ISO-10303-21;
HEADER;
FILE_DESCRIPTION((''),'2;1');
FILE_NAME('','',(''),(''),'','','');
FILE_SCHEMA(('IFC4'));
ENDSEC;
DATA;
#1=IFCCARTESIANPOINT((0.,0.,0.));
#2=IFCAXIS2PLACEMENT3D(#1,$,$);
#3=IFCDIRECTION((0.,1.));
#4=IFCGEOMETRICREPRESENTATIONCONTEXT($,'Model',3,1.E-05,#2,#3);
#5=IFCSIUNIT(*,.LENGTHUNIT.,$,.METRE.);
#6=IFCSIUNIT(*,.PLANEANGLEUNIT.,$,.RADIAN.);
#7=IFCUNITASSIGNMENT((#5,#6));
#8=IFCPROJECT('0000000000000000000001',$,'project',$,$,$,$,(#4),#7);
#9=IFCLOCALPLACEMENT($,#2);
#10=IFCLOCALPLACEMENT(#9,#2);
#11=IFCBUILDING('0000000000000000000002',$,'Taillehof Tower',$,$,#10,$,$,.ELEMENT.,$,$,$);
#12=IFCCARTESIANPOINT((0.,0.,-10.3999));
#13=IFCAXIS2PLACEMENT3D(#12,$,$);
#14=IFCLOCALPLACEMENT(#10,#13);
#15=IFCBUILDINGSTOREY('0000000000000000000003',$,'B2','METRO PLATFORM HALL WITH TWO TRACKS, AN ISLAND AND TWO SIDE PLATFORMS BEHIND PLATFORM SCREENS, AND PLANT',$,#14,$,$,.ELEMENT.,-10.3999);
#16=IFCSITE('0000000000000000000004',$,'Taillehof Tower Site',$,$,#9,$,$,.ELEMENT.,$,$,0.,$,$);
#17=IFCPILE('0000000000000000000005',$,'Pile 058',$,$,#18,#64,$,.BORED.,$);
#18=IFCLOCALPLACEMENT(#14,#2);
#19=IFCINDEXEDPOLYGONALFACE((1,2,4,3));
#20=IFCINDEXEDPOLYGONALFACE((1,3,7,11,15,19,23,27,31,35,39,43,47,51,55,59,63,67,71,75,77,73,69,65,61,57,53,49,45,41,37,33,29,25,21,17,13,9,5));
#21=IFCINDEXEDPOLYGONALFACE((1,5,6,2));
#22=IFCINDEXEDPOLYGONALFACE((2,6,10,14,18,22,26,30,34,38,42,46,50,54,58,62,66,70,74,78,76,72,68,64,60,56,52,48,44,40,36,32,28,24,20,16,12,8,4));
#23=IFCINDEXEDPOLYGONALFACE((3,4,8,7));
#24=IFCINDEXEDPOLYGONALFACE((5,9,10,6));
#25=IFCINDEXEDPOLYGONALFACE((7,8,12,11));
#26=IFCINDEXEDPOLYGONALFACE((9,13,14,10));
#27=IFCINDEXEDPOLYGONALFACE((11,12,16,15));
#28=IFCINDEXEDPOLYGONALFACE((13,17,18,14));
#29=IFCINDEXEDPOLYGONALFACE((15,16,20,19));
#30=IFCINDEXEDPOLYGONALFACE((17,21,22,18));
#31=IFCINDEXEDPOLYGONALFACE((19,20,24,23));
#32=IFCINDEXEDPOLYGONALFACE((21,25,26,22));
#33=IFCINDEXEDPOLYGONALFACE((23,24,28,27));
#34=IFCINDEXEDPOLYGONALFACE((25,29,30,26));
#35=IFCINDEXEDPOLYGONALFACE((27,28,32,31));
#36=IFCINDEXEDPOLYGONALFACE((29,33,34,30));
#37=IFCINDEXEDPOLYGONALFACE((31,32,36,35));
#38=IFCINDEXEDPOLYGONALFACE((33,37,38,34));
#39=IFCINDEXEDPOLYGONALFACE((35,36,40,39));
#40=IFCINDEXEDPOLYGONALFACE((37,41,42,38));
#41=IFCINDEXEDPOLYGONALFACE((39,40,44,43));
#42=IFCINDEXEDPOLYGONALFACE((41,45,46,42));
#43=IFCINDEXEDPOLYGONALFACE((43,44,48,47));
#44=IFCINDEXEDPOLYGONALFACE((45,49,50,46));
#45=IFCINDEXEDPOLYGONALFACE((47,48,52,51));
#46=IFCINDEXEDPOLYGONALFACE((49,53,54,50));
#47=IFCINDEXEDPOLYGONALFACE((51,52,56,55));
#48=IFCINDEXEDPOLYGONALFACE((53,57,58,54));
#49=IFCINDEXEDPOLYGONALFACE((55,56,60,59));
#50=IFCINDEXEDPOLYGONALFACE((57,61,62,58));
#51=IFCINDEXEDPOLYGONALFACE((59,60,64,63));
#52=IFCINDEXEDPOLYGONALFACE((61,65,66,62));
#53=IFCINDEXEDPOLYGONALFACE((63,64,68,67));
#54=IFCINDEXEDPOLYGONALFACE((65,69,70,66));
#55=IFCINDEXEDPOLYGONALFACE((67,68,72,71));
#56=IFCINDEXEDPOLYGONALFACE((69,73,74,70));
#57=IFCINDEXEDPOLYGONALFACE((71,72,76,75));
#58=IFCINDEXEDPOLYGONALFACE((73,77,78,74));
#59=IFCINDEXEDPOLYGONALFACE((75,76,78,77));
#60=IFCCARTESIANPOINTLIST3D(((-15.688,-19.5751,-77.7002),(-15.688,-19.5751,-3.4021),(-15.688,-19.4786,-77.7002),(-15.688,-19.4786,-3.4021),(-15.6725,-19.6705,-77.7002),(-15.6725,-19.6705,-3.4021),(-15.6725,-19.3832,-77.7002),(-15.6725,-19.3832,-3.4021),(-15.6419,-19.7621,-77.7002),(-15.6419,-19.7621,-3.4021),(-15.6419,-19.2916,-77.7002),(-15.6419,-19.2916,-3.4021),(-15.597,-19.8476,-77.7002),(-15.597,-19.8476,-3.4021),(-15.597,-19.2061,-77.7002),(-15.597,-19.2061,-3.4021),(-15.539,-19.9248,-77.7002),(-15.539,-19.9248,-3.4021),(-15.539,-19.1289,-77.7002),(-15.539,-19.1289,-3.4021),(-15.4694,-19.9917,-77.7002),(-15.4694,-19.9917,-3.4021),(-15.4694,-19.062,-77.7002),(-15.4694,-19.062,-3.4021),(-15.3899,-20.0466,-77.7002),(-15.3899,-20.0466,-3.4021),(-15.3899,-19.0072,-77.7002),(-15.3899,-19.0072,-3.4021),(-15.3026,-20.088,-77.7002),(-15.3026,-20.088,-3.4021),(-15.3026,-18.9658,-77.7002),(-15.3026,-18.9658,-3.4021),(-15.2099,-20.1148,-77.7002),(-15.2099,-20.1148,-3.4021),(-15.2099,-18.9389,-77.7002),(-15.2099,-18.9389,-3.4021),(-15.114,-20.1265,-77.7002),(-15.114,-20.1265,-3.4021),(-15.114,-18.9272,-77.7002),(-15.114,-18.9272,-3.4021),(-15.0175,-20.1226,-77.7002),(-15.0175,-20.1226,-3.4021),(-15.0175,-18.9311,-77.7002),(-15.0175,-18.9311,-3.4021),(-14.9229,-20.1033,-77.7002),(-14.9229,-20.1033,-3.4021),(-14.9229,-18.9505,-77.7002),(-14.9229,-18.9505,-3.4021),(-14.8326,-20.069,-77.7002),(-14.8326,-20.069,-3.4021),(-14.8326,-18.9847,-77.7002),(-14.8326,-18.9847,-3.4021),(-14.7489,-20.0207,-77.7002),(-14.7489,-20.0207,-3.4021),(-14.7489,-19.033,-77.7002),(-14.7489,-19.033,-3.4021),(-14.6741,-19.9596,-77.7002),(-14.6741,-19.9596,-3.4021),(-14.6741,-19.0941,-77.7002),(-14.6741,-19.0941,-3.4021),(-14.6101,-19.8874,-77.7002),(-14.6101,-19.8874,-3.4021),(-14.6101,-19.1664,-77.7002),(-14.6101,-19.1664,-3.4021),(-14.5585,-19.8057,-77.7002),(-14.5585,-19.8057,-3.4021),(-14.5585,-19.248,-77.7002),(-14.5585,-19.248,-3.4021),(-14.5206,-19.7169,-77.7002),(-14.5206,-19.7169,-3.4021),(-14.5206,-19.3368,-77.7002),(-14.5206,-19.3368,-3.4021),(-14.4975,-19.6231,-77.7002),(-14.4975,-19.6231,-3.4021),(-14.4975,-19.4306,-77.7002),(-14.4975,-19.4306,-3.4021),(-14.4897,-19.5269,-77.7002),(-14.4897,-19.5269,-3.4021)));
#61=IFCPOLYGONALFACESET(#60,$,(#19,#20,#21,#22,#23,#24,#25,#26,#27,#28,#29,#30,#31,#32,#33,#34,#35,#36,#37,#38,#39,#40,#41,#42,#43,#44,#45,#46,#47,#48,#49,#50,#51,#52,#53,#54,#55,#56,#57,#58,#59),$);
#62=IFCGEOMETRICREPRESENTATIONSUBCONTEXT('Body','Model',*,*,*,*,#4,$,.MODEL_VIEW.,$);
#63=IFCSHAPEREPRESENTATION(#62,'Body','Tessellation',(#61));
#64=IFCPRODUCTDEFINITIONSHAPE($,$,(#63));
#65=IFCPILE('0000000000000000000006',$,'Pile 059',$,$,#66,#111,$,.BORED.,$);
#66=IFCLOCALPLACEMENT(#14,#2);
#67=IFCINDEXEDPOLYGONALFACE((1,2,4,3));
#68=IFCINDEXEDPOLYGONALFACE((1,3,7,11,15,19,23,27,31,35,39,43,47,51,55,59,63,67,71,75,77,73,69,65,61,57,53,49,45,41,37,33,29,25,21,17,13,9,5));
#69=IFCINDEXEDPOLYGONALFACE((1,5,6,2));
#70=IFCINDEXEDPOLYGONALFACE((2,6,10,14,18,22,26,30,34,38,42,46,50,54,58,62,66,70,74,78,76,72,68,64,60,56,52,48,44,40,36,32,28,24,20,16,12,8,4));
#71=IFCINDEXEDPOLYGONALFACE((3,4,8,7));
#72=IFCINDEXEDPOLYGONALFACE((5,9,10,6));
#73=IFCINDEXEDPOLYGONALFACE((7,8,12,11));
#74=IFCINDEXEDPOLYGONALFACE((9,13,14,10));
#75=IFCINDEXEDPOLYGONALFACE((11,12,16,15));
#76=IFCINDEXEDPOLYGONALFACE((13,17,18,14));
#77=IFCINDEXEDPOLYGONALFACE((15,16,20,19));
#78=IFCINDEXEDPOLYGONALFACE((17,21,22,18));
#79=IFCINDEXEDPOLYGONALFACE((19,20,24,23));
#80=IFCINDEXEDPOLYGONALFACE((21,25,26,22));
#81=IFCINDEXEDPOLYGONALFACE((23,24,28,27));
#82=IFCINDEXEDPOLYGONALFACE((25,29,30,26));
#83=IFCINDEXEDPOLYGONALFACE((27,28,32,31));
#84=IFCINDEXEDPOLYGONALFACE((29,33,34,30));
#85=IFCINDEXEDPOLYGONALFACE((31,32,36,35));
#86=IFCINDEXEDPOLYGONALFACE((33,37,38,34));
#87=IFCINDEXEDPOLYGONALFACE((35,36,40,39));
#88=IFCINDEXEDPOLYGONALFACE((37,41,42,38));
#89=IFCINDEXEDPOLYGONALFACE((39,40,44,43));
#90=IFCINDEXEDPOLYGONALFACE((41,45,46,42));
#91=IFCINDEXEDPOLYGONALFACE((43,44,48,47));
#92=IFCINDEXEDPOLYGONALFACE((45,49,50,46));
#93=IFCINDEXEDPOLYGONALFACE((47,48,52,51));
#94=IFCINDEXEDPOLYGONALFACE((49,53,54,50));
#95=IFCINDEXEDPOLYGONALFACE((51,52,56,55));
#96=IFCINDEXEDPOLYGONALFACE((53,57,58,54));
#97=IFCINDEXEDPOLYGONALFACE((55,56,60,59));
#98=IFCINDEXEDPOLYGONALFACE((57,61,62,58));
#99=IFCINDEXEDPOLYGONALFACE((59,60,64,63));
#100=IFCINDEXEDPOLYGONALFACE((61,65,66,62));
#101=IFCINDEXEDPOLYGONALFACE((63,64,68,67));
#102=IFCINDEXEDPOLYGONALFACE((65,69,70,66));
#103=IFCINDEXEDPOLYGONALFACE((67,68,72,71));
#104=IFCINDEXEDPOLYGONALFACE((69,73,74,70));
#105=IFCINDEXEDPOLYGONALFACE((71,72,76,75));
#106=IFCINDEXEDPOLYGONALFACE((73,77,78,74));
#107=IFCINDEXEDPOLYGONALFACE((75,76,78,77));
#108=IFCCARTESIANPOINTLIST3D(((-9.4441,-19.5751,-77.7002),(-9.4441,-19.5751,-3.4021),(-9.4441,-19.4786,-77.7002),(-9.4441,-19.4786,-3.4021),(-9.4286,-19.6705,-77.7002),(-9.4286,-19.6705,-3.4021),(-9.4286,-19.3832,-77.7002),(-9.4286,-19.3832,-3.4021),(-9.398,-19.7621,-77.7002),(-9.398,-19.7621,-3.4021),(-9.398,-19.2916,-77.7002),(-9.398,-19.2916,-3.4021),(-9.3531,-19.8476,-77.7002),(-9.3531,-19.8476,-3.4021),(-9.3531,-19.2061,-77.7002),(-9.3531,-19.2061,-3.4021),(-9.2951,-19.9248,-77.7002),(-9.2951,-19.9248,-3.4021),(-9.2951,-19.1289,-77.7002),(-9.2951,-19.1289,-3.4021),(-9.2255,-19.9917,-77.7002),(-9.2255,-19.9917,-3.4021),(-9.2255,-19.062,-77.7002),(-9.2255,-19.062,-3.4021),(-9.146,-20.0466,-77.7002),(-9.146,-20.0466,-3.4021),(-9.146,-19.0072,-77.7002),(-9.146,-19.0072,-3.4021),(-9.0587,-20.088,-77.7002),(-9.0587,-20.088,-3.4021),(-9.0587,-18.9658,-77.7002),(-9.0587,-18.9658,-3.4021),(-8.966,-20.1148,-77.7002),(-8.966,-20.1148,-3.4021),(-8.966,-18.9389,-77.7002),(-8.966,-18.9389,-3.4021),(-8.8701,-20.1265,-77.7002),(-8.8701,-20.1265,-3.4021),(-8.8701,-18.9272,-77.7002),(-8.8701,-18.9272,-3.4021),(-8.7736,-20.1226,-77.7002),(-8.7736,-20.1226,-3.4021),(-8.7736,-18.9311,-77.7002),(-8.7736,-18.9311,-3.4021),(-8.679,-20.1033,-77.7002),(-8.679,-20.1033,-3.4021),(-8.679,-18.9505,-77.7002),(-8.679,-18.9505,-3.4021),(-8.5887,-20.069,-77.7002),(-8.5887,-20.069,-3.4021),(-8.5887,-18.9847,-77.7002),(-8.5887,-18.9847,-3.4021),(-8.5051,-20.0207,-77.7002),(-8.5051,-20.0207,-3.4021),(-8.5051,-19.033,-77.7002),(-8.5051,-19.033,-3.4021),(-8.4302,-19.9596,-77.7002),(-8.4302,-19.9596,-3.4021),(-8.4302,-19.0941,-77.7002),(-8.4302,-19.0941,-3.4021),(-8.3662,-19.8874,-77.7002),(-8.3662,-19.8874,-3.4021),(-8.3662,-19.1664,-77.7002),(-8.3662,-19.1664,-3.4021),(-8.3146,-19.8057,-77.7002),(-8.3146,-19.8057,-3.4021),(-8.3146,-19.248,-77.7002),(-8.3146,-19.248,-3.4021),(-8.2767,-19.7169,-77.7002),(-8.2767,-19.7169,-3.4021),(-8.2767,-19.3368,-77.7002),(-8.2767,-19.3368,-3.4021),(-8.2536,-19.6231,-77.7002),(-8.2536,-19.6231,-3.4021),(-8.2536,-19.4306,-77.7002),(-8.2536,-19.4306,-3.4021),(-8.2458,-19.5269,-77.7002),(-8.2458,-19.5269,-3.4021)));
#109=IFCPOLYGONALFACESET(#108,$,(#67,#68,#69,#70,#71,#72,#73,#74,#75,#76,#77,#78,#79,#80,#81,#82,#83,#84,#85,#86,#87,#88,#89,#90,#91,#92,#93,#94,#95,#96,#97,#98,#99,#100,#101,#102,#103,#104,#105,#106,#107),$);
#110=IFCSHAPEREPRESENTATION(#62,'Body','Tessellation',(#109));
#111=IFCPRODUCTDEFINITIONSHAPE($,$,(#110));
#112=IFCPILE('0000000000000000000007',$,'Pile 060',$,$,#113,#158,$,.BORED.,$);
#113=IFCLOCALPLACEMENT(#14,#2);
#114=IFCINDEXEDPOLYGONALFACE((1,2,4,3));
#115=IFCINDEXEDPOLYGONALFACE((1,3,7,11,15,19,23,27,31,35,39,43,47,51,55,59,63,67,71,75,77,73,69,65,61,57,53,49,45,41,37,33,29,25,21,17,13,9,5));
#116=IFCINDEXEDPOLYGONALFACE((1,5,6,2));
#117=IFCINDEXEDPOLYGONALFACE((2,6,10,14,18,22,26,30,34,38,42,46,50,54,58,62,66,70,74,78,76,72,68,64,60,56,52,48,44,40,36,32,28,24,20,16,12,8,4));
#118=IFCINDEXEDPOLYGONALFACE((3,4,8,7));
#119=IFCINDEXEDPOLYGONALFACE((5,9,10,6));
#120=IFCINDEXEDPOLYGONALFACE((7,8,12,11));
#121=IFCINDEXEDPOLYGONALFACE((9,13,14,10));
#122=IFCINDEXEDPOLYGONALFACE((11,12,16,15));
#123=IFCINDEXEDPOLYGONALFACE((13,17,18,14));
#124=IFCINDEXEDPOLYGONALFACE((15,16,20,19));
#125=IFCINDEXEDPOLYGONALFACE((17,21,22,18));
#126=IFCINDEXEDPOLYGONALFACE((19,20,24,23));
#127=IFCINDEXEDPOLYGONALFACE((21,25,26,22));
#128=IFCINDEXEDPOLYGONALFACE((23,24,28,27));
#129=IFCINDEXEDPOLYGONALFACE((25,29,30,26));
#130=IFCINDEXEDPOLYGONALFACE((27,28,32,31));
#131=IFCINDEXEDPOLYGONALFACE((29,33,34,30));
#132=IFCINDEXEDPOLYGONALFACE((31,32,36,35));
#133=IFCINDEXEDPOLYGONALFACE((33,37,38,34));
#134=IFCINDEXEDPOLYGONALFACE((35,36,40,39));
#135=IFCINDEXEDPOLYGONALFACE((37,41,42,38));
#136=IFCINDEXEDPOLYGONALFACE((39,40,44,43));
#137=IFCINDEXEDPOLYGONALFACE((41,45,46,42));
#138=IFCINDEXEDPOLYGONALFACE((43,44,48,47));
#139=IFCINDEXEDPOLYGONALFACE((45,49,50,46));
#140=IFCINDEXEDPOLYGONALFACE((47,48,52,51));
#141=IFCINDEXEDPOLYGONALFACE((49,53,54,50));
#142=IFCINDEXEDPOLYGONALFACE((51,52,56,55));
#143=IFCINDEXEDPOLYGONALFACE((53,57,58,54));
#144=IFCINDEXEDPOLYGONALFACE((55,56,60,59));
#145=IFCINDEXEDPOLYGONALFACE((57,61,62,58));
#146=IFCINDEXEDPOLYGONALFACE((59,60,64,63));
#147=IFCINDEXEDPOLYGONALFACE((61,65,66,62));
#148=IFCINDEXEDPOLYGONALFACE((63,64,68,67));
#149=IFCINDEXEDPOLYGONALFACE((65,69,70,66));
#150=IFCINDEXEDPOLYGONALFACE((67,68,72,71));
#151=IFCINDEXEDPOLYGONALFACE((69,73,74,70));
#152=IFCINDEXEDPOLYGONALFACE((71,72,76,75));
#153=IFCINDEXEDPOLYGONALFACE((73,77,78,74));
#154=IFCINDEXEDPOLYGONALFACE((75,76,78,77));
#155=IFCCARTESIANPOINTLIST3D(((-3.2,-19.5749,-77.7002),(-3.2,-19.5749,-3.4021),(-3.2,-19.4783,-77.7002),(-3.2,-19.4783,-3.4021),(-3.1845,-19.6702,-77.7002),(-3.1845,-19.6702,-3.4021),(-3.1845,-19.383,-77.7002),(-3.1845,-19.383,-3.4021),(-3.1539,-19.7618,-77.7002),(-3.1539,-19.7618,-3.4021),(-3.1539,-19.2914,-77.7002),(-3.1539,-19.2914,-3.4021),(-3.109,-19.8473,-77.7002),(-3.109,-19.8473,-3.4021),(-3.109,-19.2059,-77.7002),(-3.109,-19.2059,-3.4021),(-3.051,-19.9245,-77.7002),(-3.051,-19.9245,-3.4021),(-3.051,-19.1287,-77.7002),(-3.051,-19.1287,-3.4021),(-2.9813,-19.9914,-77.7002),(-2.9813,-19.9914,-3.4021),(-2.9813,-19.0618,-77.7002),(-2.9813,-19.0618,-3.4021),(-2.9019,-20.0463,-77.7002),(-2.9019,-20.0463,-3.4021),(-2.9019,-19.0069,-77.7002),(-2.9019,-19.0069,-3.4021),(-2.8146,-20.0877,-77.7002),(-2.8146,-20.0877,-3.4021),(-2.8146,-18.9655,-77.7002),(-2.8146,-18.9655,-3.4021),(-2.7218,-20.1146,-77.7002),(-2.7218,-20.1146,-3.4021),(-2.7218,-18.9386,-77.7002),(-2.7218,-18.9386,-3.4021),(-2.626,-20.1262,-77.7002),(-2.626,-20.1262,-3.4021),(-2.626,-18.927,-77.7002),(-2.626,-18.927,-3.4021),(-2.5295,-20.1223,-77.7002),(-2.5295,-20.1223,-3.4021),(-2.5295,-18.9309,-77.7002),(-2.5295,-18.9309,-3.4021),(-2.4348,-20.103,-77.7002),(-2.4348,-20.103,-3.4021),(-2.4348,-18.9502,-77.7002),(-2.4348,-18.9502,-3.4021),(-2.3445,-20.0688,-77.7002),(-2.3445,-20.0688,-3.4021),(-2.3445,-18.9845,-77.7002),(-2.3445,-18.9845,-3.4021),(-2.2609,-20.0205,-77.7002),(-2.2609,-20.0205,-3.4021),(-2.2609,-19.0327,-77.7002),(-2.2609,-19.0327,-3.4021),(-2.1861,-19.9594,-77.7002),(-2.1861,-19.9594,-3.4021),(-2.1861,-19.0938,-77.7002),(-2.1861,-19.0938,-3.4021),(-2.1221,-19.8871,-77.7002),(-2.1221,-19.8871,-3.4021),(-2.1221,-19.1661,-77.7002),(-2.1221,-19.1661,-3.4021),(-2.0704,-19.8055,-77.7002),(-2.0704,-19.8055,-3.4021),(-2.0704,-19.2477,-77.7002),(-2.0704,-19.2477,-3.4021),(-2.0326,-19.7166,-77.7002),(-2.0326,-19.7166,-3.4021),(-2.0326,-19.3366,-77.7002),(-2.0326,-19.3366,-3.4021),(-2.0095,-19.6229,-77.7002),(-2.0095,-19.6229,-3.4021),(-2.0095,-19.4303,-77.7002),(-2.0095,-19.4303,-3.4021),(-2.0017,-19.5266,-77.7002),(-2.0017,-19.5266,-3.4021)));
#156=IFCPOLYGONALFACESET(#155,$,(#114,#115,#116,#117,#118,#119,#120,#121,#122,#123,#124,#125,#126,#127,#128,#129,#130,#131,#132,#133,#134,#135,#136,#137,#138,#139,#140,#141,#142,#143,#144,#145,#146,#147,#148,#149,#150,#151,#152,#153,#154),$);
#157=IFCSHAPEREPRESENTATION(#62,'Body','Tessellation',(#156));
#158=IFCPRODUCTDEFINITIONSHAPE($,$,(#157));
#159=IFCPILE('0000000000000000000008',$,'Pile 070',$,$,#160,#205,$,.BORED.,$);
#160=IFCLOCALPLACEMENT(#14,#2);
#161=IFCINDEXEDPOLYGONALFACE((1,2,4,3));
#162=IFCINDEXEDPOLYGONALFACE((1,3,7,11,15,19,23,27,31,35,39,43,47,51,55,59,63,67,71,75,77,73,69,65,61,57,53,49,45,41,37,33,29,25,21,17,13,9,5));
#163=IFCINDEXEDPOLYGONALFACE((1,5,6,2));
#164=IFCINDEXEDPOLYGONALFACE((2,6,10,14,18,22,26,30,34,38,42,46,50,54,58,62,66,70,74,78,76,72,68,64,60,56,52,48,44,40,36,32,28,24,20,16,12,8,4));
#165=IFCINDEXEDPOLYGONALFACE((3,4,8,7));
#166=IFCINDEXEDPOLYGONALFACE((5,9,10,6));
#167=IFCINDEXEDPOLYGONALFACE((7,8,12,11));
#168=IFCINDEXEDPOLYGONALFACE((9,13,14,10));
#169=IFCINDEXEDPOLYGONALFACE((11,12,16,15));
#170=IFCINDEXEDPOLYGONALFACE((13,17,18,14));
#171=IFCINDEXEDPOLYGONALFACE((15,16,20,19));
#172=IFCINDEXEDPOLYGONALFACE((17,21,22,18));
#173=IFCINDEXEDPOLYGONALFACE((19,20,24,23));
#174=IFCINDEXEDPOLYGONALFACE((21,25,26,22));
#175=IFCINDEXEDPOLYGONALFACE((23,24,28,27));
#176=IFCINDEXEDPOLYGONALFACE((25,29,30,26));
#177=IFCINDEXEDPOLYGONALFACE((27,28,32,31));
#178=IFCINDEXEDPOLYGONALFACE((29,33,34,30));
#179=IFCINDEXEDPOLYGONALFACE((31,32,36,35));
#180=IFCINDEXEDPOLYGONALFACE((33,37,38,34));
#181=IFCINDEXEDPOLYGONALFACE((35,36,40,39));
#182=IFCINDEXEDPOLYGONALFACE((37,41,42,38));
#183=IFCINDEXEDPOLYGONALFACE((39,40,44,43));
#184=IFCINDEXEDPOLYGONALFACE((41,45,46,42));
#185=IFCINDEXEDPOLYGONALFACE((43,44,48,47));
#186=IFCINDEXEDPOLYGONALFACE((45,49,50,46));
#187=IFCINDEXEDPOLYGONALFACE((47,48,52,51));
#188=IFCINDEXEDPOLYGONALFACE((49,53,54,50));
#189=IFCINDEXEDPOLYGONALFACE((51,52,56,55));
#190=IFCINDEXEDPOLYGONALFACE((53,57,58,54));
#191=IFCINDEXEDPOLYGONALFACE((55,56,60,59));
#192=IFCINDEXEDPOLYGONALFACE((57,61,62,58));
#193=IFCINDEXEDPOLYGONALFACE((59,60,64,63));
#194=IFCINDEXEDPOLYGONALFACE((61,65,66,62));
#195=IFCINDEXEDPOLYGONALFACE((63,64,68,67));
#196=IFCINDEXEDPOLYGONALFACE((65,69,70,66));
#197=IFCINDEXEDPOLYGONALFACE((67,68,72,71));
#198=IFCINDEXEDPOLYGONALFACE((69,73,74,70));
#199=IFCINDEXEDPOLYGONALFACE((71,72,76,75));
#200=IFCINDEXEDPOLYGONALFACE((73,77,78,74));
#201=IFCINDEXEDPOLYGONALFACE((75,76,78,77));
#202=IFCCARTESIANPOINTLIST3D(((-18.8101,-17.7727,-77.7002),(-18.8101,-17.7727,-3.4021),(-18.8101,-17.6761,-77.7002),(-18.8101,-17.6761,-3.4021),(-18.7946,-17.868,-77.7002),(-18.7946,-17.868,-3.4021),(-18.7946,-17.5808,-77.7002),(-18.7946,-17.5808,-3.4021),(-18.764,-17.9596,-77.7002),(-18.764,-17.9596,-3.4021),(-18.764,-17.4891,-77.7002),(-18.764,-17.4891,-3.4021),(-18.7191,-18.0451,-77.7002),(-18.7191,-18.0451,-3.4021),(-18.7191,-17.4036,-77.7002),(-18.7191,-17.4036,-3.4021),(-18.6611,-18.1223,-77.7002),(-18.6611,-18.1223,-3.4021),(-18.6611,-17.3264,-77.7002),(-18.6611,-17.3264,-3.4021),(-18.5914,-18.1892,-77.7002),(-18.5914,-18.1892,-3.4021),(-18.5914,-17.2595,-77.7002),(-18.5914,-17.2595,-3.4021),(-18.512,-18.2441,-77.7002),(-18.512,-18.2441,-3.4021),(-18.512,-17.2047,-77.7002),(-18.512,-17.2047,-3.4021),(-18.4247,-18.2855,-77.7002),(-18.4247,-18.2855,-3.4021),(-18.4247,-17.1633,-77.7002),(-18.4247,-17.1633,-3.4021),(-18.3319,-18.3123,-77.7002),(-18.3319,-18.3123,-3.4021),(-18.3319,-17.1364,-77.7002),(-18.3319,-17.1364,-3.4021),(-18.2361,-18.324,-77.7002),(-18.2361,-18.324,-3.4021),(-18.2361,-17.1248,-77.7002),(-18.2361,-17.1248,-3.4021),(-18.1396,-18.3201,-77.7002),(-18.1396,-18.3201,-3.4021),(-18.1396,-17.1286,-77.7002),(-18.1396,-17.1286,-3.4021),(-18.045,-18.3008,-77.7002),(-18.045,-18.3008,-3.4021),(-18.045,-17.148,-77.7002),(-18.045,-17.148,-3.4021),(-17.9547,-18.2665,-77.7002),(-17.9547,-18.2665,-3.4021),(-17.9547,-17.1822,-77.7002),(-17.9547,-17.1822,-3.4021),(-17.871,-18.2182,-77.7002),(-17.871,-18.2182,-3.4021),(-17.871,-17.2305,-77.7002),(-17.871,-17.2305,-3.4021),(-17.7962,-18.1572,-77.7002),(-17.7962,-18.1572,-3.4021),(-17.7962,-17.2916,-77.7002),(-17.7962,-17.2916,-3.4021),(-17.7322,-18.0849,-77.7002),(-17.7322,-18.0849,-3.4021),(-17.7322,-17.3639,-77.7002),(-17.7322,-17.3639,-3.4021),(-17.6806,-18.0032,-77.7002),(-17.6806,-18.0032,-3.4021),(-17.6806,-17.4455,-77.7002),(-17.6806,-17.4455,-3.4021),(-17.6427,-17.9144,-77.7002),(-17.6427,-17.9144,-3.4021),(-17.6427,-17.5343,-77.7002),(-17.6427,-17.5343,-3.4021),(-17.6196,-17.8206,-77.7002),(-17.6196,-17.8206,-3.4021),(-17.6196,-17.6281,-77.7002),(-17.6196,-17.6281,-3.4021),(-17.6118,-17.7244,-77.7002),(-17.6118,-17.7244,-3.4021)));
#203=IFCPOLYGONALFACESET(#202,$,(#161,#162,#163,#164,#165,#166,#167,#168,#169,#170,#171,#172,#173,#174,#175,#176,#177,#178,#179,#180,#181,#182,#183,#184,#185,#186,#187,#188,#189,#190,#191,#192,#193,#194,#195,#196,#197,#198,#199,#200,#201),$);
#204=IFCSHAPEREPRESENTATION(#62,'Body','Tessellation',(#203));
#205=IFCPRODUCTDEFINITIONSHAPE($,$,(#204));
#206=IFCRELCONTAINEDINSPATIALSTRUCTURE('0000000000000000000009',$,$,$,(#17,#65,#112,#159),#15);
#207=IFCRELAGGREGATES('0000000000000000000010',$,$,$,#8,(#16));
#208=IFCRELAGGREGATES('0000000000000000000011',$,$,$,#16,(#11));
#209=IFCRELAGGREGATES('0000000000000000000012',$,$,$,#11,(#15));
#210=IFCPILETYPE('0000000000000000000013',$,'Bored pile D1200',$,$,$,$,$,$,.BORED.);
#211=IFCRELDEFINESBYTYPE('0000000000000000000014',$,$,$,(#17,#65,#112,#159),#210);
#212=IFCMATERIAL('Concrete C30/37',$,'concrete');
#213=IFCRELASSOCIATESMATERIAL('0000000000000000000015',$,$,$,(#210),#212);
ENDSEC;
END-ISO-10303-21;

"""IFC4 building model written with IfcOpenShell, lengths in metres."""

from ifc_helpers import new_model, si_unit, direction, frame, origin, origin_2d, place, context, subcontext, project, spatial, circle, extrude, material, material_profile, profile_set, type_object, element, save


model = new_model("IFC4")

# Units and contexts
model_context = context("Model", 3, precision=1e-05, world=origin(), true_north=direction((0.0, 1.0)))
body_context = subcontext(model_context, "Body", "Model", "MODEL_VIEW")
ifc_project = project(units=[si_unit("LENGTHUNIT", "METRE"), si_unit("PLANEANGLEUNIT", "RADIAN")], contexts=[model_context])

# Site, building, storey
site_placement = place(None, origin())
site = spatial("IfcSite", under=ifc_project, at=site_placement, Name="Taillehof Tower Site", CompositionType="ELEMENT", RefElevation=0.0)
building_placement = place(site_placement, origin())
building = spatial("IfcBuilding", under=site, at=building_placement, Name="Taillehof Tower", CompositionType="ELEMENT")
storey_placement = place(building_placement, frame((0.0, 0.0, -10.3999)))
storey = spatial("IfcBuildingStorey", under=building, at=storey_placement, Name="B2", Description="METRO PLATFORM HALL WITH TWO TRACKS, AN ISLAND AND TWO SIDE PLATFORMS BEHIND PLATFORM SCREENS, AND PLANT", CompositionType="ELEMENT", Elevation=-10.3999)

# Piles
ifc_material_1 = material(Name="Concrete C30/37", Category="concrete")
ifc_material_profile_1 = material_profile(ifc_material_1, circle(Radius=0.6001, at=origin_2d()), Name="BP D1200")
ifc_profile_set_1 = profile_set([ifc_material_profile_1], Name="Concrete C30/37")
pile_type = type_object("IfcPileType", Name="Bored pile D1200", PredefinedType="BORED", material=ifc_profile_set_1)
for number, where, z_axis, x_axis, name in (
    (1, (-15.0898, -19.5269, -3.4021), (0.0, 0.0, -1.0), (1.0, 0.0, 0.0), "Pile 058"),
    (2, (-8.8459, -19.5269, -3.4021), (0.0, 0.0, -1.0), (1.0, 0.0, 0.0), "Pile 059"),
    (3, (-2.6018, -19.5266, -3.4021), (0.0, 0.0, -1.0), (1.0, 0.0, 0.0), "Pile 060"),
    (4, (-18.2119, -17.7244, -3.4021), (0.0, 0.0, -1.0), (1.0, 0.0, 0.0), "Pile 070"),
):
    element("IfcPile", number, at=place(storey_placement, frame(where, z_axis=z_axis, x_axis=x_axis)), inside=storey, type_object=pile_type, Name=name, PredefinedType="BORED", context=body_context, shape_type="SweptSolid", body=[
        extrude(circle(Radius=0.6001, at=origin_2d()), origin(), (0.0, 0.0, 1.0), 74.2981),
    ])

save(model, "model.ifc")
